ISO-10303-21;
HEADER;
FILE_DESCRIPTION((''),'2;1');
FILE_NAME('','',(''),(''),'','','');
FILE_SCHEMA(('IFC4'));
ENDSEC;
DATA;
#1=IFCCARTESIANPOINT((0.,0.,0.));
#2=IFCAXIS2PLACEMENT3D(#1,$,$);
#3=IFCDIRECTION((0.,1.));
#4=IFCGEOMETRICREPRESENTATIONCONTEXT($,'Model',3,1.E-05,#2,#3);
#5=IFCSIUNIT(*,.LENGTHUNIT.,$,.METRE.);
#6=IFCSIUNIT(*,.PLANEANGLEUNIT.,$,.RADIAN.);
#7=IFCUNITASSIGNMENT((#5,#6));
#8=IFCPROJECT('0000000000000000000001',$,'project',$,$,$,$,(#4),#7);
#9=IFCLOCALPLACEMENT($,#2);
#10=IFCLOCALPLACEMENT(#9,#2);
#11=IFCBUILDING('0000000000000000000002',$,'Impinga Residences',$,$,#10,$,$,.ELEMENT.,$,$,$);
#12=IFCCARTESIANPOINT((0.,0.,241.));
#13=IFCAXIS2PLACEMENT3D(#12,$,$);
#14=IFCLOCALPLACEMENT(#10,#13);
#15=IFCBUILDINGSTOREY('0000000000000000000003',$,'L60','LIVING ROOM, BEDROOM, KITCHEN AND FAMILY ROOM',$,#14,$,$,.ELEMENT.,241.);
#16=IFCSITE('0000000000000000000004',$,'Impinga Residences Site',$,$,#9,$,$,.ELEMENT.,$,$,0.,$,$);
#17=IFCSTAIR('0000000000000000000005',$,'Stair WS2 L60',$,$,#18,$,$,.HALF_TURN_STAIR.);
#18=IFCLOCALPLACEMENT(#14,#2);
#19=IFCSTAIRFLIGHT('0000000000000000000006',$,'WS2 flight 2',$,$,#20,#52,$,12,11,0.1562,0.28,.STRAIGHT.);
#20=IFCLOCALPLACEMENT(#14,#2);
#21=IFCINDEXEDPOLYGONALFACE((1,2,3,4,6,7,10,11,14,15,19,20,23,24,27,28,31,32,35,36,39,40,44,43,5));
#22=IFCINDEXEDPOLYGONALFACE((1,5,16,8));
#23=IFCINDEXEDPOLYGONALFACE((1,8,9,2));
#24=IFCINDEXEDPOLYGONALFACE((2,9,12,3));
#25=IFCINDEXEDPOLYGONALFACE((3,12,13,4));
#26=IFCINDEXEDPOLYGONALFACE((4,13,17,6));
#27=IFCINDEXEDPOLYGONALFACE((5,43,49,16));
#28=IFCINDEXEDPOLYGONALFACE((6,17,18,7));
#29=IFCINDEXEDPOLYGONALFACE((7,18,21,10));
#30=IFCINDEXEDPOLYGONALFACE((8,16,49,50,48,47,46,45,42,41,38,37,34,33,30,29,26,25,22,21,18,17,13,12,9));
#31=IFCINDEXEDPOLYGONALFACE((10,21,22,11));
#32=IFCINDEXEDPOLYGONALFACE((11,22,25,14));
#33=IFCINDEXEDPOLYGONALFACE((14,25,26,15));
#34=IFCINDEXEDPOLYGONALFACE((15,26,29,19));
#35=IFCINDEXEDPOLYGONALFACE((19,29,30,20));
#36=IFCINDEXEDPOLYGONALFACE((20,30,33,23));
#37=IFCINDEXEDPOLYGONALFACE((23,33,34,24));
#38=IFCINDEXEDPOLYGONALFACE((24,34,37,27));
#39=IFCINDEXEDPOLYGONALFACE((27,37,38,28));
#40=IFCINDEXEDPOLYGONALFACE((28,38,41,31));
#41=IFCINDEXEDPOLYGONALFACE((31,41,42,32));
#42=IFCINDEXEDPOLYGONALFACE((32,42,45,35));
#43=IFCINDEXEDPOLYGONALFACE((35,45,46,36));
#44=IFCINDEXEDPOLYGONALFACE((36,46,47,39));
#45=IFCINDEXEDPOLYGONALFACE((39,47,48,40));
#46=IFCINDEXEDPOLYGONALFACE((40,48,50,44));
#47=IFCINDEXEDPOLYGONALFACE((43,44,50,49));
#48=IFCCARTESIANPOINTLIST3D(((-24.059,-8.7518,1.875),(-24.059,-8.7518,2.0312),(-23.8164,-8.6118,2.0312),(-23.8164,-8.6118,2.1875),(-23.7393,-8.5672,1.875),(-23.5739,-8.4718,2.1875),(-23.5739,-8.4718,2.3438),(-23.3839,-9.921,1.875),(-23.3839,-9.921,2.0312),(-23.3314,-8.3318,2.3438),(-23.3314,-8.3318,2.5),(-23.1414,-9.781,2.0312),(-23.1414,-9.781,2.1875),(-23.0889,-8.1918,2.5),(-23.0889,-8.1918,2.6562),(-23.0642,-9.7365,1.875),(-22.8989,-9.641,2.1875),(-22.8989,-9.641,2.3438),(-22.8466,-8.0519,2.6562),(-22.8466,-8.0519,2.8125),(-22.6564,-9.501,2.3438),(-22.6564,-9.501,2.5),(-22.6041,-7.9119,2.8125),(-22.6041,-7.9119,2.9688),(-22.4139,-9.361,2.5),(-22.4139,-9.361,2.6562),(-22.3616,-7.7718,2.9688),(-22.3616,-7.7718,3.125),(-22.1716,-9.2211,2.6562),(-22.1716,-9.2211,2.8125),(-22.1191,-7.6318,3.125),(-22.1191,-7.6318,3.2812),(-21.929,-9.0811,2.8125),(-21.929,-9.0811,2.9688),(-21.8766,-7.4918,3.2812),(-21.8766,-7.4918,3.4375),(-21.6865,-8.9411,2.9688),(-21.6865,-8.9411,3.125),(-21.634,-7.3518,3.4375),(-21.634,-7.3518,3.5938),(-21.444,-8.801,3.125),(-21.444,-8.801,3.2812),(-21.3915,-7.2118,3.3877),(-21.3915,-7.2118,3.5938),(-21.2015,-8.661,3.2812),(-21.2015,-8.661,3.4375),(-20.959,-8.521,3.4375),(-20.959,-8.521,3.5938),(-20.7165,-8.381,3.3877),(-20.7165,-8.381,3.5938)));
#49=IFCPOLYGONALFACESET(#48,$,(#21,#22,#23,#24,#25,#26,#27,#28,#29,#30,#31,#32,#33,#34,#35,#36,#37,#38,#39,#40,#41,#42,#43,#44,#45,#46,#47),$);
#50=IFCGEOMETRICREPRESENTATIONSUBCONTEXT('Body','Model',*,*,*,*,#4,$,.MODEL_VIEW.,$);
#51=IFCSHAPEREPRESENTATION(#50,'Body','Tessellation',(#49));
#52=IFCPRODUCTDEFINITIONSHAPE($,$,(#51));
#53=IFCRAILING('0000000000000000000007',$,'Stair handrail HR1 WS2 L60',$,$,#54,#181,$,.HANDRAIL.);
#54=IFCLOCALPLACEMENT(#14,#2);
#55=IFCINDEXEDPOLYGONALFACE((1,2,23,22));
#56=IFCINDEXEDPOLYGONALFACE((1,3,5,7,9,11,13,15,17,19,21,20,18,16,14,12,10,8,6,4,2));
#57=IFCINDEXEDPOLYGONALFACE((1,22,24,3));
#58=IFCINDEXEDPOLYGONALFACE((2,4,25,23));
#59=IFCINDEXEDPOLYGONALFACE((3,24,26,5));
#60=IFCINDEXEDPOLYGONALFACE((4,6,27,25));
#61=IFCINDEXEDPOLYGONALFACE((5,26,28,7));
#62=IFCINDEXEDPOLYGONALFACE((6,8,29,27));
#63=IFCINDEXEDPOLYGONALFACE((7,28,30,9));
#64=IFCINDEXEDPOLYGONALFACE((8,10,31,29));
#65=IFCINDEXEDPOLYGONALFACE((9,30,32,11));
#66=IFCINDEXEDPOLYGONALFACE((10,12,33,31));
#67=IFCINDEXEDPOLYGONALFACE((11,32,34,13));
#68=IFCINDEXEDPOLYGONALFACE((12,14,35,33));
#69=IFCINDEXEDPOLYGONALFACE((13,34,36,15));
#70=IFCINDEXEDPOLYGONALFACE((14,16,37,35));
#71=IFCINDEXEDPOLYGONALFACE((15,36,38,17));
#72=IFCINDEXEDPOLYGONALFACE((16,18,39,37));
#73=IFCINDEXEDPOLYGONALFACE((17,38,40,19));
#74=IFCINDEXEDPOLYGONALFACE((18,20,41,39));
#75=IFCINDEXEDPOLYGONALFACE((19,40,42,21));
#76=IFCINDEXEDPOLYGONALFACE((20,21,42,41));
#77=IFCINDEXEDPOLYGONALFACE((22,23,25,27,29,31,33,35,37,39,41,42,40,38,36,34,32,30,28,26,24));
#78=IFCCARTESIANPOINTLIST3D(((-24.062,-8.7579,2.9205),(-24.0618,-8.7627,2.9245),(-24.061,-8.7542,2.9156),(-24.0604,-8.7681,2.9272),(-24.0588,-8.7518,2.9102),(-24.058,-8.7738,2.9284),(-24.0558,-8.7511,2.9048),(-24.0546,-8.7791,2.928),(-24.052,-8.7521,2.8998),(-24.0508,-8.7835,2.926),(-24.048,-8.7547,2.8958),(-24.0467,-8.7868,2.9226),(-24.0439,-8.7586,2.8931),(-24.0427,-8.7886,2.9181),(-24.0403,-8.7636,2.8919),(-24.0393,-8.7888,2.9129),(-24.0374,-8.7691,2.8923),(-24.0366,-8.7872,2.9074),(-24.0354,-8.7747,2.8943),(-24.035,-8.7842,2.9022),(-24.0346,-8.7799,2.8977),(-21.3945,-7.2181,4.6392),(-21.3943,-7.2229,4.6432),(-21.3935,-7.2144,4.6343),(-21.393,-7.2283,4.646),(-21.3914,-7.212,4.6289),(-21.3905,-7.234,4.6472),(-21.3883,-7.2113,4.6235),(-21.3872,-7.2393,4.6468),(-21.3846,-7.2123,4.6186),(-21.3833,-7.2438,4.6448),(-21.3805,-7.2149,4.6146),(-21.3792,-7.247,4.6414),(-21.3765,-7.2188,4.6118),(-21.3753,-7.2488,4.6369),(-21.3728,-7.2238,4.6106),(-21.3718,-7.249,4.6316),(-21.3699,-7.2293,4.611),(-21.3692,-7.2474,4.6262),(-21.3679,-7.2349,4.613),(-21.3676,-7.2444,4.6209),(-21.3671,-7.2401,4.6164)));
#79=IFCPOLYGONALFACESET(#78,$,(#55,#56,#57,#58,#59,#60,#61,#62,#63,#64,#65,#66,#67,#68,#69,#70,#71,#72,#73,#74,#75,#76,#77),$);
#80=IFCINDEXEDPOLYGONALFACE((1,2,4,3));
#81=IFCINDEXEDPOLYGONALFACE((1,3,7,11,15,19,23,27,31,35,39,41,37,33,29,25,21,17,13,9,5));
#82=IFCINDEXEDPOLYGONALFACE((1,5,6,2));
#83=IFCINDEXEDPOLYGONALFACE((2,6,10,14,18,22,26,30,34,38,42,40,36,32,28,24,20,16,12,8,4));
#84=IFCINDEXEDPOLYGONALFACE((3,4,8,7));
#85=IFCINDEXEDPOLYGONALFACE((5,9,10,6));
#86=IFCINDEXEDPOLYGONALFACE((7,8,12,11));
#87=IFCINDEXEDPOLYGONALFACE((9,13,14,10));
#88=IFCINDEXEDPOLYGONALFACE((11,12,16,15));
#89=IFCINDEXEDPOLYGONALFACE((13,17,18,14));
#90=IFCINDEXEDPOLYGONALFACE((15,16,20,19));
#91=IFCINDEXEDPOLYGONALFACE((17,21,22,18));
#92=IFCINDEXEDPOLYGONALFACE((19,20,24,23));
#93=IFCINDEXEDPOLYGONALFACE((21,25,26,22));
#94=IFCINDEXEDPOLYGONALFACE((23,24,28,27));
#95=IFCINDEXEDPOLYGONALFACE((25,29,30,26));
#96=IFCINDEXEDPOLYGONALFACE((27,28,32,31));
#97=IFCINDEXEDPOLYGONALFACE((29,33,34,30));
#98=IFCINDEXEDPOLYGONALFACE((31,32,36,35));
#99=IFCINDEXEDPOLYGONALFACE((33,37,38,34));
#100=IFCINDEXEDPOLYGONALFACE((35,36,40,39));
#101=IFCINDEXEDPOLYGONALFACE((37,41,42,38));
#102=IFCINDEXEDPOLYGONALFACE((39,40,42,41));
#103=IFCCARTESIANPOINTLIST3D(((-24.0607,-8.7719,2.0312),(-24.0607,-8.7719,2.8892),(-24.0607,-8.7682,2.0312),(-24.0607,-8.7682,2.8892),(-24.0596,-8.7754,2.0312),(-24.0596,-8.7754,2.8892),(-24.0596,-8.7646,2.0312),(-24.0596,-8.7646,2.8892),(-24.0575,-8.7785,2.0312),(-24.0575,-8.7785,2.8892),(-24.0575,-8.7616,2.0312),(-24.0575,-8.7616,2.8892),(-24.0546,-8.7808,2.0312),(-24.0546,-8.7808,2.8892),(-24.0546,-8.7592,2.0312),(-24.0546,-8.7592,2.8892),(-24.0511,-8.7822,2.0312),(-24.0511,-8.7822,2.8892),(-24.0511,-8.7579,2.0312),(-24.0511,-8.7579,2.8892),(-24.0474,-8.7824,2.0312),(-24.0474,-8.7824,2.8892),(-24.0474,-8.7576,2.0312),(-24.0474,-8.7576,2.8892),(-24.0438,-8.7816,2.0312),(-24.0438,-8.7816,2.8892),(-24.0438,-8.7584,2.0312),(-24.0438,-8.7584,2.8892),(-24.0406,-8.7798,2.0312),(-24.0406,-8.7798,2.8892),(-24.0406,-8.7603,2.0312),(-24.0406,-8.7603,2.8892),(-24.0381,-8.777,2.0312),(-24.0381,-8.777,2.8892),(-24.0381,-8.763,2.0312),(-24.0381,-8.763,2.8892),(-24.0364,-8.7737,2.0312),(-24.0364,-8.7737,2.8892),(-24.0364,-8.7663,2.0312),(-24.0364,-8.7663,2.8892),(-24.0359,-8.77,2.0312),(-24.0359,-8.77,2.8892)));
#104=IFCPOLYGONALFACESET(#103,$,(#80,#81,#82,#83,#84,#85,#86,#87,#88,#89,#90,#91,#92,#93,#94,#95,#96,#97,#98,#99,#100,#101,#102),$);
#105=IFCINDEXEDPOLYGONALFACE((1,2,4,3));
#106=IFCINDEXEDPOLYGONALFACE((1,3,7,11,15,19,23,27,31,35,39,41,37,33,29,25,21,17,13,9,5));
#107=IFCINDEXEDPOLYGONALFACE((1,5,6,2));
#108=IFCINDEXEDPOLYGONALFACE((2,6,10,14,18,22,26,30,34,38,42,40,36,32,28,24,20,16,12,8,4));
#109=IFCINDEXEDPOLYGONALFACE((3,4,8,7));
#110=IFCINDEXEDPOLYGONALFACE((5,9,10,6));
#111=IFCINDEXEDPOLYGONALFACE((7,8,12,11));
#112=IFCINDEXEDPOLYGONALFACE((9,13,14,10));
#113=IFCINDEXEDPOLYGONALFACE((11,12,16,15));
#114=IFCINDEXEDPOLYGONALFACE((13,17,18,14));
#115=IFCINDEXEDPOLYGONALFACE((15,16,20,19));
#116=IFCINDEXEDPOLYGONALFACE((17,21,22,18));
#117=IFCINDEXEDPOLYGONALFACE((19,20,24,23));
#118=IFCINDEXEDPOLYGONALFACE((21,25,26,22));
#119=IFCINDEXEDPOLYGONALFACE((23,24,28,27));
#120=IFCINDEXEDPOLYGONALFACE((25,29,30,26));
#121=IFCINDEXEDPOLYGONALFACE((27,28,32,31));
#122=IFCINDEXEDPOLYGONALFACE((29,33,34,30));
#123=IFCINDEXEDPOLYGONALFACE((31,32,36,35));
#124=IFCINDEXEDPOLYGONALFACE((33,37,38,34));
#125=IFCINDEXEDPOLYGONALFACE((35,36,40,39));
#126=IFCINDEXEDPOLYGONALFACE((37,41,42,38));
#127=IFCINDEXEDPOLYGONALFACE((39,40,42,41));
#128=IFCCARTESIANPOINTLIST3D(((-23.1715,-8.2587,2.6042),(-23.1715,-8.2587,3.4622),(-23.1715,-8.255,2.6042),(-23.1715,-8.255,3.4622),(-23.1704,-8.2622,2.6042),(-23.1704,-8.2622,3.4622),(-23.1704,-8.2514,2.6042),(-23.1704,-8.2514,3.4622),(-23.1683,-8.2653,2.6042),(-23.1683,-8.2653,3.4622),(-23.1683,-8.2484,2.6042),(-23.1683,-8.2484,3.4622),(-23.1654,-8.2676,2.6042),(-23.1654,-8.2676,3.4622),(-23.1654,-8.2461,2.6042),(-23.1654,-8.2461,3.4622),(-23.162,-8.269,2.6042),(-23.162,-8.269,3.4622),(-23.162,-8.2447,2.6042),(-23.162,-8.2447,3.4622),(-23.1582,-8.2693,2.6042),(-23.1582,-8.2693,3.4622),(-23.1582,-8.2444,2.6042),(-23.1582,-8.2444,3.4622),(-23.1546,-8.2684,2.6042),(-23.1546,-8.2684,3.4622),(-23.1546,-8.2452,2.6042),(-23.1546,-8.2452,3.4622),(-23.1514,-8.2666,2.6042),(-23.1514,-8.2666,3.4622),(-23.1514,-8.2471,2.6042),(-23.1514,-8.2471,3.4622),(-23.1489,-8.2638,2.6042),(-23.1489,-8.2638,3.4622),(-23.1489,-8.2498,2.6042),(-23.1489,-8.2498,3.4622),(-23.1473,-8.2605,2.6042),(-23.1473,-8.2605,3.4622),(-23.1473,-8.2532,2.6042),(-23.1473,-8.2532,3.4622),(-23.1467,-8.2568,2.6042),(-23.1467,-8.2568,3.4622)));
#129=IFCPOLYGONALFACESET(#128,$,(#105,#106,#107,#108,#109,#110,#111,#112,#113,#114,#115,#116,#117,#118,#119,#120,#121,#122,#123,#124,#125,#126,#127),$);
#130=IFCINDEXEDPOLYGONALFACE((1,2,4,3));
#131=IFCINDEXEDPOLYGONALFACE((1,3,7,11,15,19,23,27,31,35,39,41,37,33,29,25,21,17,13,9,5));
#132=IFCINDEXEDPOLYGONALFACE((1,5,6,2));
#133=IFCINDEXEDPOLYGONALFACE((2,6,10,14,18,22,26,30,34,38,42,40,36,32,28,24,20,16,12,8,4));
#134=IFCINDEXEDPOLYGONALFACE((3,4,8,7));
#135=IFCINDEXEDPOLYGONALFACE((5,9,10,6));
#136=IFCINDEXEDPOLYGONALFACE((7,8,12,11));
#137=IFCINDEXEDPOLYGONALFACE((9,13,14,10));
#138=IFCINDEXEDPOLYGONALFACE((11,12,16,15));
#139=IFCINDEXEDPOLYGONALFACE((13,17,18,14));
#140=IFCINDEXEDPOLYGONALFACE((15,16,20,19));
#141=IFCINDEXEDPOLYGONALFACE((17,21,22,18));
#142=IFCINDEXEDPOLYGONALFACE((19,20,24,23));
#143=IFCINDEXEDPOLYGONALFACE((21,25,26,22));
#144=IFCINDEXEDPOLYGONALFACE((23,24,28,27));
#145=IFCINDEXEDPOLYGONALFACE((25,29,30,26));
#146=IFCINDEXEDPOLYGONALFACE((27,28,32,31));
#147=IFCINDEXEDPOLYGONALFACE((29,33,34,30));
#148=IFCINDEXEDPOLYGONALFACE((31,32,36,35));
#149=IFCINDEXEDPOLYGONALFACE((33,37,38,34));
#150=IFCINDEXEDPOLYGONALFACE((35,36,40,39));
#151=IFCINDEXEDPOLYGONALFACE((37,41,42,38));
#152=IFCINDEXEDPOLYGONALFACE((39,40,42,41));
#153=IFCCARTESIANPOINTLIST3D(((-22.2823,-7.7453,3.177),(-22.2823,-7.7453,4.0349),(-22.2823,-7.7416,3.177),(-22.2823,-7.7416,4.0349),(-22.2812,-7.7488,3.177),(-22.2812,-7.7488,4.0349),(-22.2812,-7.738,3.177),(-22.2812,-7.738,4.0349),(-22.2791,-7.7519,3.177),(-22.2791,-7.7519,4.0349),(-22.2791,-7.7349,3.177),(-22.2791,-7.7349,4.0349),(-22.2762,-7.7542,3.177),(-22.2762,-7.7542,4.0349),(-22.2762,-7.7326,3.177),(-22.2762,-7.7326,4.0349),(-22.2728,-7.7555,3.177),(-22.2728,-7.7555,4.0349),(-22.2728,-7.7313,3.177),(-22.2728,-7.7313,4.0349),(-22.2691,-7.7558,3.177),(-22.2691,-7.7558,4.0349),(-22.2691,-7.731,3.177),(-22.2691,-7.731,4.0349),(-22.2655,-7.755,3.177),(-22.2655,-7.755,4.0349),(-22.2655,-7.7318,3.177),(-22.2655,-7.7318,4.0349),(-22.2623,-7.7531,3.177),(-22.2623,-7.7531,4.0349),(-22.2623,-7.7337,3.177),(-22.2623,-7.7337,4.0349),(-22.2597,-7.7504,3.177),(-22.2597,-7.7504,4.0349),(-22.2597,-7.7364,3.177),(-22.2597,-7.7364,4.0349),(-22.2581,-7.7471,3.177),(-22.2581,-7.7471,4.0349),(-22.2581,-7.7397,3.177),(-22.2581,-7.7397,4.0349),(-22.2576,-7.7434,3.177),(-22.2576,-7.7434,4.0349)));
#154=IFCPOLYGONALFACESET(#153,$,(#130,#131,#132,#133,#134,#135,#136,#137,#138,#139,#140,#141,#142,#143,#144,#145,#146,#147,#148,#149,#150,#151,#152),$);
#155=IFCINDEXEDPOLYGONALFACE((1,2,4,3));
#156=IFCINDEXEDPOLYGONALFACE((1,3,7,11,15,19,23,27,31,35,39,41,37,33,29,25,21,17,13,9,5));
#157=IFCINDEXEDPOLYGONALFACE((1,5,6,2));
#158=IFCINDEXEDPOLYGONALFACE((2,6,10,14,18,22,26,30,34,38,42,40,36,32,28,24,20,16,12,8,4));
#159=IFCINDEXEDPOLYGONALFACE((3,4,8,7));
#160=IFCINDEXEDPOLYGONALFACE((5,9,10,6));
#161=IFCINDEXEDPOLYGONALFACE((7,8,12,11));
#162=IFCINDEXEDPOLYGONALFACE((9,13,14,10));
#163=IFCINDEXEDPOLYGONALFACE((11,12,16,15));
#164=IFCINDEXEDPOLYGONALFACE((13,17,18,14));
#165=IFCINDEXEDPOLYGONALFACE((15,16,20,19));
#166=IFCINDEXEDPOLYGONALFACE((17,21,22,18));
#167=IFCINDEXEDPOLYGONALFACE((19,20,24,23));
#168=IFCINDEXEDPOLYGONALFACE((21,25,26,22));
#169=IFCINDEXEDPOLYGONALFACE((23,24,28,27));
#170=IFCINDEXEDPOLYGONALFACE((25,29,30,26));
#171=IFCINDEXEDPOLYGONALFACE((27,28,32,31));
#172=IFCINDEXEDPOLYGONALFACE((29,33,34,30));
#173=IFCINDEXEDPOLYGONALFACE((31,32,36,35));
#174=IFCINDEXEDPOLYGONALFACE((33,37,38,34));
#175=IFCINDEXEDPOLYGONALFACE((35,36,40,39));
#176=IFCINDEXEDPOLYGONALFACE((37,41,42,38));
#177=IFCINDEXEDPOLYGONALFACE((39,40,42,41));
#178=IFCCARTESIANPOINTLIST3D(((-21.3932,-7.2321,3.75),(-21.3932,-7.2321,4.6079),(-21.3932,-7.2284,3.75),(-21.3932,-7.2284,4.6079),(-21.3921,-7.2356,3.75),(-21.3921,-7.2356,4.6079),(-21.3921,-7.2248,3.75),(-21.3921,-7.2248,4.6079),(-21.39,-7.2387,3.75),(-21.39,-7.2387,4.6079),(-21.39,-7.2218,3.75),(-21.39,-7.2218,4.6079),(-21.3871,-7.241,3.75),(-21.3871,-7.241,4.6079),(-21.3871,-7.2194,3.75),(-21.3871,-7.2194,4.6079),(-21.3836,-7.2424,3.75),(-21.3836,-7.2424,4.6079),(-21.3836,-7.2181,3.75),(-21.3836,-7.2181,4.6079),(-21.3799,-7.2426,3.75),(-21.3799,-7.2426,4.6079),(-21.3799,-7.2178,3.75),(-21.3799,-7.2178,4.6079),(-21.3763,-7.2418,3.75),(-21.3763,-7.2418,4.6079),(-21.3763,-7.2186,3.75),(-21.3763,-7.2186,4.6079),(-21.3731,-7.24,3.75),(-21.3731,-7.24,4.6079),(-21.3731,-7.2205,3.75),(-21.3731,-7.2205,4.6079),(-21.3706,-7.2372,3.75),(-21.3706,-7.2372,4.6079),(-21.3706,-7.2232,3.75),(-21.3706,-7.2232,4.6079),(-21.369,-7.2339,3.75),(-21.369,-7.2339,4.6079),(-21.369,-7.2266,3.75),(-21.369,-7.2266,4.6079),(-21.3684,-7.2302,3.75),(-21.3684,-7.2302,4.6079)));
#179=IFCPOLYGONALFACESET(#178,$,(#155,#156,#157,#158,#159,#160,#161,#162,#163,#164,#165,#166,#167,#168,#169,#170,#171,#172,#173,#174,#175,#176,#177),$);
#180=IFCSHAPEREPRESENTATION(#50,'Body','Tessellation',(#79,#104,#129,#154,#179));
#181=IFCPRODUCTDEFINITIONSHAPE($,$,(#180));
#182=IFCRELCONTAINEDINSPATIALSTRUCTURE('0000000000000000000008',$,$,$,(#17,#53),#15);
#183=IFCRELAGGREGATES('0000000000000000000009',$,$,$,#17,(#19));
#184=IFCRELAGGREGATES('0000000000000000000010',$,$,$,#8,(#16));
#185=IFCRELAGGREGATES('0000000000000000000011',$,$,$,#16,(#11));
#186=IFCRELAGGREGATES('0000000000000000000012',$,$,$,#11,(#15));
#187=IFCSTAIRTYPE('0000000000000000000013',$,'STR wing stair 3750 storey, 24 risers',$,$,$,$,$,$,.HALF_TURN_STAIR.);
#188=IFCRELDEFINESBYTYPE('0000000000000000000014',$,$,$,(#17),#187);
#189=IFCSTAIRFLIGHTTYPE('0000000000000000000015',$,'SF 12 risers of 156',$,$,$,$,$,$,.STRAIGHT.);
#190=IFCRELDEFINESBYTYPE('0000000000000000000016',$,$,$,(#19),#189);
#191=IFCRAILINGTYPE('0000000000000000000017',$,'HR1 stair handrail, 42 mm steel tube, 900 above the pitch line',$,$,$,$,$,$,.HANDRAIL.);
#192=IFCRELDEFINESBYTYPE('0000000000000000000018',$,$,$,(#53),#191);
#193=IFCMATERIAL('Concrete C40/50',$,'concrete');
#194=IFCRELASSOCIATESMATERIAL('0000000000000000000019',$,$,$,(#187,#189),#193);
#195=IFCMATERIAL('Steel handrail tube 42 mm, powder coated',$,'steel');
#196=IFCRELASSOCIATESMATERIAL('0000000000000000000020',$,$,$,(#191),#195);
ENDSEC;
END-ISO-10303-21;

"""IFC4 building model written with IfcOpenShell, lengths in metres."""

from ifc_helpers import new_model, si_unit, direction, frame, origin, origin_2d, place, context, subcontext, project, spatial, polyline, circle, outline, extrude, material, type_object, element, aggregate, save


model = new_model("IFC4")

# Units and contexts
model_context = context("Model", 3, precision=1e-05, world=origin(), true_north=direction((0.0, 1.0)))
body_context = subcontext(model_context, "Body", "Model", "MODEL_VIEW")
ifc_project = project(units=[si_unit("LENGTHUNIT", "METRE"), si_unit("PLANEANGLEUNIT", "RADIAN")], contexts=[model_context])

# Site, building, storey
site_placement = place(None, origin())
site = spatial("IfcSite", under=ifc_project, at=site_placement, Name="Impinga Residences Site", CompositionType="ELEMENT", RefElevation=0.0)
building_placement = place(site_placement, origin())
building = spatial("IfcBuilding", under=site, at=building_placement, Name="Impinga Residences", CompositionType="ELEMENT")
storey_placement = place(building_placement, frame((0.0, 0.0, 241.0)))
storey = spatial("IfcBuildingStorey", under=building, at=storey_placement, Name="L60", Description="LIVING ROOM, BEDROOM, KITCHEN AND FAMILY ROOM", CompositionType="ELEMENT", Elevation=241.0)

# Stair, stair flight
ifc_material_1 = material(Name="Concrete C40/50", Category="concrete")
stair_type = type_object("IfcStairType", Name="STR wing stair 3750 storey, 24 risers", PredefinedType="HALF_TURN_STAIR", material=ifc_material_1)
stair_placement = place(storey_placement, origin())
stair = element("IfcStair", 1, at=stair_placement, inside=storey, type_object=stair_type, Name="Stair WS2 L60", PredefinedType="HALF_TURN_STAIR")
stair_flight_type = type_object("IfcStairFlightType", Name="SF 12 risers of 156", PredefinedType="STRAIGHT", material=ifc_material_1)
stair_flight_1_placement = place(storey_placement, frame((-23.7214, -9.3364, 1.875), z_axis=(0.0, 0.0, 1.0), x_axis=(0.866025, 0.5, 0.0)))
stair_flight_1 = element("IfcStairFlight", 2, at=stair_flight_1_placement, type_object=stair_flight_type, Name="WS2 flight 2", NumberOfRisers=12, NumberOfTreads=11, PredefinedType="STRAIGHT", RiserHeight=0.1562, TreadLength=0.28, context=body_context, shape_type="SweptSolid", body=[
    extrude(outline(polyline([(0.0, 0.0), (0.0, 0.1562), (0.28, 0.1562), (0.28, 0.3125), (0.5601, 0.3125), (0.5601, 0.4688), (0.8401, 0.4688), (0.8401, 0.625), (1.1201, 0.625), (1.1201, 0.7812), (1.3999, 0.7812), (1.3999, 0.9375), (1.6799, 0.9375), (1.6799, 1.0938), (1.96, 1.0938), (1.96, 1.25), (2.24, 1.25), (2.24, 1.4062), (2.52, 1.4062), (2.52, 1.5625), (2.8, 1.5625), (2.8, 1.7188), (3.0801, 1.7188), (3.0801, 1.875), (3.0801, 1.5127), (0.3691, 0.0), (0.0, 0.0)])), frame((0.0, 0.675, 0.0), z_axis=(0.0, -1.0, 0.0), x_axis=(1.0, 0.0, 0.0)), (0.0, 0.0, 1.0), 1.3501),
])
aggregate(stair, [stair_flight_1])

# Railing
ifc_material_2 = material(Name="Steel handrail tube 42 mm, powder coated", Category="steel")
railing_type = type_object("IfcRailingType", Name="HR1 stair handrail, 42 mm steel tube, 900 above the pitch line", PredefinedType="HANDRAIL", material=ifc_material_2)
railing_placement = place(storey_placement, frame((-24.0483, -8.77, 2.0312)))
element("IfcRailing", 3, at=railing_placement, inside=storey, type_object=railing_type, Name="Stair handrail HR1 WS2 L60", PredefinedType="HANDRAIL", context=body_context, shape_type="SweptSolid", body=[
    extrude(circle(Radius=0.021, at=origin_2d()), frame((0.0, 0.0, 0.8789), z_axis=(0.756279, 0.43656, 0.487297), x_axis=(-0.499933, 0.866064, 0.0)), (0.0, 0.0, 1.0), 3.5271),
    extrude(circle(Radius=0.0125, at=origin_2d()), origin(), (0.0, 0.0, 1.0), 0.8579),
    extrude(circle(Radius=0.0125, at=origin_2d()), frame((0.8892, 0.5132, 0.573)), (0.0, 0.0, 1.0), 0.8579),
    extrude(circle(Radius=0.0125, at=origin_2d()), frame((1.7783, 1.0266, 1.1458)), (0.0, 0.0, 1.0), 0.8579),
    extrude(circle(Radius=0.0125, at=origin_2d()), frame((2.6675, 1.5398, 1.7188)), (0.0, 0.0, 1.0), 0.8579),
])

save(model, "model.ifc")
